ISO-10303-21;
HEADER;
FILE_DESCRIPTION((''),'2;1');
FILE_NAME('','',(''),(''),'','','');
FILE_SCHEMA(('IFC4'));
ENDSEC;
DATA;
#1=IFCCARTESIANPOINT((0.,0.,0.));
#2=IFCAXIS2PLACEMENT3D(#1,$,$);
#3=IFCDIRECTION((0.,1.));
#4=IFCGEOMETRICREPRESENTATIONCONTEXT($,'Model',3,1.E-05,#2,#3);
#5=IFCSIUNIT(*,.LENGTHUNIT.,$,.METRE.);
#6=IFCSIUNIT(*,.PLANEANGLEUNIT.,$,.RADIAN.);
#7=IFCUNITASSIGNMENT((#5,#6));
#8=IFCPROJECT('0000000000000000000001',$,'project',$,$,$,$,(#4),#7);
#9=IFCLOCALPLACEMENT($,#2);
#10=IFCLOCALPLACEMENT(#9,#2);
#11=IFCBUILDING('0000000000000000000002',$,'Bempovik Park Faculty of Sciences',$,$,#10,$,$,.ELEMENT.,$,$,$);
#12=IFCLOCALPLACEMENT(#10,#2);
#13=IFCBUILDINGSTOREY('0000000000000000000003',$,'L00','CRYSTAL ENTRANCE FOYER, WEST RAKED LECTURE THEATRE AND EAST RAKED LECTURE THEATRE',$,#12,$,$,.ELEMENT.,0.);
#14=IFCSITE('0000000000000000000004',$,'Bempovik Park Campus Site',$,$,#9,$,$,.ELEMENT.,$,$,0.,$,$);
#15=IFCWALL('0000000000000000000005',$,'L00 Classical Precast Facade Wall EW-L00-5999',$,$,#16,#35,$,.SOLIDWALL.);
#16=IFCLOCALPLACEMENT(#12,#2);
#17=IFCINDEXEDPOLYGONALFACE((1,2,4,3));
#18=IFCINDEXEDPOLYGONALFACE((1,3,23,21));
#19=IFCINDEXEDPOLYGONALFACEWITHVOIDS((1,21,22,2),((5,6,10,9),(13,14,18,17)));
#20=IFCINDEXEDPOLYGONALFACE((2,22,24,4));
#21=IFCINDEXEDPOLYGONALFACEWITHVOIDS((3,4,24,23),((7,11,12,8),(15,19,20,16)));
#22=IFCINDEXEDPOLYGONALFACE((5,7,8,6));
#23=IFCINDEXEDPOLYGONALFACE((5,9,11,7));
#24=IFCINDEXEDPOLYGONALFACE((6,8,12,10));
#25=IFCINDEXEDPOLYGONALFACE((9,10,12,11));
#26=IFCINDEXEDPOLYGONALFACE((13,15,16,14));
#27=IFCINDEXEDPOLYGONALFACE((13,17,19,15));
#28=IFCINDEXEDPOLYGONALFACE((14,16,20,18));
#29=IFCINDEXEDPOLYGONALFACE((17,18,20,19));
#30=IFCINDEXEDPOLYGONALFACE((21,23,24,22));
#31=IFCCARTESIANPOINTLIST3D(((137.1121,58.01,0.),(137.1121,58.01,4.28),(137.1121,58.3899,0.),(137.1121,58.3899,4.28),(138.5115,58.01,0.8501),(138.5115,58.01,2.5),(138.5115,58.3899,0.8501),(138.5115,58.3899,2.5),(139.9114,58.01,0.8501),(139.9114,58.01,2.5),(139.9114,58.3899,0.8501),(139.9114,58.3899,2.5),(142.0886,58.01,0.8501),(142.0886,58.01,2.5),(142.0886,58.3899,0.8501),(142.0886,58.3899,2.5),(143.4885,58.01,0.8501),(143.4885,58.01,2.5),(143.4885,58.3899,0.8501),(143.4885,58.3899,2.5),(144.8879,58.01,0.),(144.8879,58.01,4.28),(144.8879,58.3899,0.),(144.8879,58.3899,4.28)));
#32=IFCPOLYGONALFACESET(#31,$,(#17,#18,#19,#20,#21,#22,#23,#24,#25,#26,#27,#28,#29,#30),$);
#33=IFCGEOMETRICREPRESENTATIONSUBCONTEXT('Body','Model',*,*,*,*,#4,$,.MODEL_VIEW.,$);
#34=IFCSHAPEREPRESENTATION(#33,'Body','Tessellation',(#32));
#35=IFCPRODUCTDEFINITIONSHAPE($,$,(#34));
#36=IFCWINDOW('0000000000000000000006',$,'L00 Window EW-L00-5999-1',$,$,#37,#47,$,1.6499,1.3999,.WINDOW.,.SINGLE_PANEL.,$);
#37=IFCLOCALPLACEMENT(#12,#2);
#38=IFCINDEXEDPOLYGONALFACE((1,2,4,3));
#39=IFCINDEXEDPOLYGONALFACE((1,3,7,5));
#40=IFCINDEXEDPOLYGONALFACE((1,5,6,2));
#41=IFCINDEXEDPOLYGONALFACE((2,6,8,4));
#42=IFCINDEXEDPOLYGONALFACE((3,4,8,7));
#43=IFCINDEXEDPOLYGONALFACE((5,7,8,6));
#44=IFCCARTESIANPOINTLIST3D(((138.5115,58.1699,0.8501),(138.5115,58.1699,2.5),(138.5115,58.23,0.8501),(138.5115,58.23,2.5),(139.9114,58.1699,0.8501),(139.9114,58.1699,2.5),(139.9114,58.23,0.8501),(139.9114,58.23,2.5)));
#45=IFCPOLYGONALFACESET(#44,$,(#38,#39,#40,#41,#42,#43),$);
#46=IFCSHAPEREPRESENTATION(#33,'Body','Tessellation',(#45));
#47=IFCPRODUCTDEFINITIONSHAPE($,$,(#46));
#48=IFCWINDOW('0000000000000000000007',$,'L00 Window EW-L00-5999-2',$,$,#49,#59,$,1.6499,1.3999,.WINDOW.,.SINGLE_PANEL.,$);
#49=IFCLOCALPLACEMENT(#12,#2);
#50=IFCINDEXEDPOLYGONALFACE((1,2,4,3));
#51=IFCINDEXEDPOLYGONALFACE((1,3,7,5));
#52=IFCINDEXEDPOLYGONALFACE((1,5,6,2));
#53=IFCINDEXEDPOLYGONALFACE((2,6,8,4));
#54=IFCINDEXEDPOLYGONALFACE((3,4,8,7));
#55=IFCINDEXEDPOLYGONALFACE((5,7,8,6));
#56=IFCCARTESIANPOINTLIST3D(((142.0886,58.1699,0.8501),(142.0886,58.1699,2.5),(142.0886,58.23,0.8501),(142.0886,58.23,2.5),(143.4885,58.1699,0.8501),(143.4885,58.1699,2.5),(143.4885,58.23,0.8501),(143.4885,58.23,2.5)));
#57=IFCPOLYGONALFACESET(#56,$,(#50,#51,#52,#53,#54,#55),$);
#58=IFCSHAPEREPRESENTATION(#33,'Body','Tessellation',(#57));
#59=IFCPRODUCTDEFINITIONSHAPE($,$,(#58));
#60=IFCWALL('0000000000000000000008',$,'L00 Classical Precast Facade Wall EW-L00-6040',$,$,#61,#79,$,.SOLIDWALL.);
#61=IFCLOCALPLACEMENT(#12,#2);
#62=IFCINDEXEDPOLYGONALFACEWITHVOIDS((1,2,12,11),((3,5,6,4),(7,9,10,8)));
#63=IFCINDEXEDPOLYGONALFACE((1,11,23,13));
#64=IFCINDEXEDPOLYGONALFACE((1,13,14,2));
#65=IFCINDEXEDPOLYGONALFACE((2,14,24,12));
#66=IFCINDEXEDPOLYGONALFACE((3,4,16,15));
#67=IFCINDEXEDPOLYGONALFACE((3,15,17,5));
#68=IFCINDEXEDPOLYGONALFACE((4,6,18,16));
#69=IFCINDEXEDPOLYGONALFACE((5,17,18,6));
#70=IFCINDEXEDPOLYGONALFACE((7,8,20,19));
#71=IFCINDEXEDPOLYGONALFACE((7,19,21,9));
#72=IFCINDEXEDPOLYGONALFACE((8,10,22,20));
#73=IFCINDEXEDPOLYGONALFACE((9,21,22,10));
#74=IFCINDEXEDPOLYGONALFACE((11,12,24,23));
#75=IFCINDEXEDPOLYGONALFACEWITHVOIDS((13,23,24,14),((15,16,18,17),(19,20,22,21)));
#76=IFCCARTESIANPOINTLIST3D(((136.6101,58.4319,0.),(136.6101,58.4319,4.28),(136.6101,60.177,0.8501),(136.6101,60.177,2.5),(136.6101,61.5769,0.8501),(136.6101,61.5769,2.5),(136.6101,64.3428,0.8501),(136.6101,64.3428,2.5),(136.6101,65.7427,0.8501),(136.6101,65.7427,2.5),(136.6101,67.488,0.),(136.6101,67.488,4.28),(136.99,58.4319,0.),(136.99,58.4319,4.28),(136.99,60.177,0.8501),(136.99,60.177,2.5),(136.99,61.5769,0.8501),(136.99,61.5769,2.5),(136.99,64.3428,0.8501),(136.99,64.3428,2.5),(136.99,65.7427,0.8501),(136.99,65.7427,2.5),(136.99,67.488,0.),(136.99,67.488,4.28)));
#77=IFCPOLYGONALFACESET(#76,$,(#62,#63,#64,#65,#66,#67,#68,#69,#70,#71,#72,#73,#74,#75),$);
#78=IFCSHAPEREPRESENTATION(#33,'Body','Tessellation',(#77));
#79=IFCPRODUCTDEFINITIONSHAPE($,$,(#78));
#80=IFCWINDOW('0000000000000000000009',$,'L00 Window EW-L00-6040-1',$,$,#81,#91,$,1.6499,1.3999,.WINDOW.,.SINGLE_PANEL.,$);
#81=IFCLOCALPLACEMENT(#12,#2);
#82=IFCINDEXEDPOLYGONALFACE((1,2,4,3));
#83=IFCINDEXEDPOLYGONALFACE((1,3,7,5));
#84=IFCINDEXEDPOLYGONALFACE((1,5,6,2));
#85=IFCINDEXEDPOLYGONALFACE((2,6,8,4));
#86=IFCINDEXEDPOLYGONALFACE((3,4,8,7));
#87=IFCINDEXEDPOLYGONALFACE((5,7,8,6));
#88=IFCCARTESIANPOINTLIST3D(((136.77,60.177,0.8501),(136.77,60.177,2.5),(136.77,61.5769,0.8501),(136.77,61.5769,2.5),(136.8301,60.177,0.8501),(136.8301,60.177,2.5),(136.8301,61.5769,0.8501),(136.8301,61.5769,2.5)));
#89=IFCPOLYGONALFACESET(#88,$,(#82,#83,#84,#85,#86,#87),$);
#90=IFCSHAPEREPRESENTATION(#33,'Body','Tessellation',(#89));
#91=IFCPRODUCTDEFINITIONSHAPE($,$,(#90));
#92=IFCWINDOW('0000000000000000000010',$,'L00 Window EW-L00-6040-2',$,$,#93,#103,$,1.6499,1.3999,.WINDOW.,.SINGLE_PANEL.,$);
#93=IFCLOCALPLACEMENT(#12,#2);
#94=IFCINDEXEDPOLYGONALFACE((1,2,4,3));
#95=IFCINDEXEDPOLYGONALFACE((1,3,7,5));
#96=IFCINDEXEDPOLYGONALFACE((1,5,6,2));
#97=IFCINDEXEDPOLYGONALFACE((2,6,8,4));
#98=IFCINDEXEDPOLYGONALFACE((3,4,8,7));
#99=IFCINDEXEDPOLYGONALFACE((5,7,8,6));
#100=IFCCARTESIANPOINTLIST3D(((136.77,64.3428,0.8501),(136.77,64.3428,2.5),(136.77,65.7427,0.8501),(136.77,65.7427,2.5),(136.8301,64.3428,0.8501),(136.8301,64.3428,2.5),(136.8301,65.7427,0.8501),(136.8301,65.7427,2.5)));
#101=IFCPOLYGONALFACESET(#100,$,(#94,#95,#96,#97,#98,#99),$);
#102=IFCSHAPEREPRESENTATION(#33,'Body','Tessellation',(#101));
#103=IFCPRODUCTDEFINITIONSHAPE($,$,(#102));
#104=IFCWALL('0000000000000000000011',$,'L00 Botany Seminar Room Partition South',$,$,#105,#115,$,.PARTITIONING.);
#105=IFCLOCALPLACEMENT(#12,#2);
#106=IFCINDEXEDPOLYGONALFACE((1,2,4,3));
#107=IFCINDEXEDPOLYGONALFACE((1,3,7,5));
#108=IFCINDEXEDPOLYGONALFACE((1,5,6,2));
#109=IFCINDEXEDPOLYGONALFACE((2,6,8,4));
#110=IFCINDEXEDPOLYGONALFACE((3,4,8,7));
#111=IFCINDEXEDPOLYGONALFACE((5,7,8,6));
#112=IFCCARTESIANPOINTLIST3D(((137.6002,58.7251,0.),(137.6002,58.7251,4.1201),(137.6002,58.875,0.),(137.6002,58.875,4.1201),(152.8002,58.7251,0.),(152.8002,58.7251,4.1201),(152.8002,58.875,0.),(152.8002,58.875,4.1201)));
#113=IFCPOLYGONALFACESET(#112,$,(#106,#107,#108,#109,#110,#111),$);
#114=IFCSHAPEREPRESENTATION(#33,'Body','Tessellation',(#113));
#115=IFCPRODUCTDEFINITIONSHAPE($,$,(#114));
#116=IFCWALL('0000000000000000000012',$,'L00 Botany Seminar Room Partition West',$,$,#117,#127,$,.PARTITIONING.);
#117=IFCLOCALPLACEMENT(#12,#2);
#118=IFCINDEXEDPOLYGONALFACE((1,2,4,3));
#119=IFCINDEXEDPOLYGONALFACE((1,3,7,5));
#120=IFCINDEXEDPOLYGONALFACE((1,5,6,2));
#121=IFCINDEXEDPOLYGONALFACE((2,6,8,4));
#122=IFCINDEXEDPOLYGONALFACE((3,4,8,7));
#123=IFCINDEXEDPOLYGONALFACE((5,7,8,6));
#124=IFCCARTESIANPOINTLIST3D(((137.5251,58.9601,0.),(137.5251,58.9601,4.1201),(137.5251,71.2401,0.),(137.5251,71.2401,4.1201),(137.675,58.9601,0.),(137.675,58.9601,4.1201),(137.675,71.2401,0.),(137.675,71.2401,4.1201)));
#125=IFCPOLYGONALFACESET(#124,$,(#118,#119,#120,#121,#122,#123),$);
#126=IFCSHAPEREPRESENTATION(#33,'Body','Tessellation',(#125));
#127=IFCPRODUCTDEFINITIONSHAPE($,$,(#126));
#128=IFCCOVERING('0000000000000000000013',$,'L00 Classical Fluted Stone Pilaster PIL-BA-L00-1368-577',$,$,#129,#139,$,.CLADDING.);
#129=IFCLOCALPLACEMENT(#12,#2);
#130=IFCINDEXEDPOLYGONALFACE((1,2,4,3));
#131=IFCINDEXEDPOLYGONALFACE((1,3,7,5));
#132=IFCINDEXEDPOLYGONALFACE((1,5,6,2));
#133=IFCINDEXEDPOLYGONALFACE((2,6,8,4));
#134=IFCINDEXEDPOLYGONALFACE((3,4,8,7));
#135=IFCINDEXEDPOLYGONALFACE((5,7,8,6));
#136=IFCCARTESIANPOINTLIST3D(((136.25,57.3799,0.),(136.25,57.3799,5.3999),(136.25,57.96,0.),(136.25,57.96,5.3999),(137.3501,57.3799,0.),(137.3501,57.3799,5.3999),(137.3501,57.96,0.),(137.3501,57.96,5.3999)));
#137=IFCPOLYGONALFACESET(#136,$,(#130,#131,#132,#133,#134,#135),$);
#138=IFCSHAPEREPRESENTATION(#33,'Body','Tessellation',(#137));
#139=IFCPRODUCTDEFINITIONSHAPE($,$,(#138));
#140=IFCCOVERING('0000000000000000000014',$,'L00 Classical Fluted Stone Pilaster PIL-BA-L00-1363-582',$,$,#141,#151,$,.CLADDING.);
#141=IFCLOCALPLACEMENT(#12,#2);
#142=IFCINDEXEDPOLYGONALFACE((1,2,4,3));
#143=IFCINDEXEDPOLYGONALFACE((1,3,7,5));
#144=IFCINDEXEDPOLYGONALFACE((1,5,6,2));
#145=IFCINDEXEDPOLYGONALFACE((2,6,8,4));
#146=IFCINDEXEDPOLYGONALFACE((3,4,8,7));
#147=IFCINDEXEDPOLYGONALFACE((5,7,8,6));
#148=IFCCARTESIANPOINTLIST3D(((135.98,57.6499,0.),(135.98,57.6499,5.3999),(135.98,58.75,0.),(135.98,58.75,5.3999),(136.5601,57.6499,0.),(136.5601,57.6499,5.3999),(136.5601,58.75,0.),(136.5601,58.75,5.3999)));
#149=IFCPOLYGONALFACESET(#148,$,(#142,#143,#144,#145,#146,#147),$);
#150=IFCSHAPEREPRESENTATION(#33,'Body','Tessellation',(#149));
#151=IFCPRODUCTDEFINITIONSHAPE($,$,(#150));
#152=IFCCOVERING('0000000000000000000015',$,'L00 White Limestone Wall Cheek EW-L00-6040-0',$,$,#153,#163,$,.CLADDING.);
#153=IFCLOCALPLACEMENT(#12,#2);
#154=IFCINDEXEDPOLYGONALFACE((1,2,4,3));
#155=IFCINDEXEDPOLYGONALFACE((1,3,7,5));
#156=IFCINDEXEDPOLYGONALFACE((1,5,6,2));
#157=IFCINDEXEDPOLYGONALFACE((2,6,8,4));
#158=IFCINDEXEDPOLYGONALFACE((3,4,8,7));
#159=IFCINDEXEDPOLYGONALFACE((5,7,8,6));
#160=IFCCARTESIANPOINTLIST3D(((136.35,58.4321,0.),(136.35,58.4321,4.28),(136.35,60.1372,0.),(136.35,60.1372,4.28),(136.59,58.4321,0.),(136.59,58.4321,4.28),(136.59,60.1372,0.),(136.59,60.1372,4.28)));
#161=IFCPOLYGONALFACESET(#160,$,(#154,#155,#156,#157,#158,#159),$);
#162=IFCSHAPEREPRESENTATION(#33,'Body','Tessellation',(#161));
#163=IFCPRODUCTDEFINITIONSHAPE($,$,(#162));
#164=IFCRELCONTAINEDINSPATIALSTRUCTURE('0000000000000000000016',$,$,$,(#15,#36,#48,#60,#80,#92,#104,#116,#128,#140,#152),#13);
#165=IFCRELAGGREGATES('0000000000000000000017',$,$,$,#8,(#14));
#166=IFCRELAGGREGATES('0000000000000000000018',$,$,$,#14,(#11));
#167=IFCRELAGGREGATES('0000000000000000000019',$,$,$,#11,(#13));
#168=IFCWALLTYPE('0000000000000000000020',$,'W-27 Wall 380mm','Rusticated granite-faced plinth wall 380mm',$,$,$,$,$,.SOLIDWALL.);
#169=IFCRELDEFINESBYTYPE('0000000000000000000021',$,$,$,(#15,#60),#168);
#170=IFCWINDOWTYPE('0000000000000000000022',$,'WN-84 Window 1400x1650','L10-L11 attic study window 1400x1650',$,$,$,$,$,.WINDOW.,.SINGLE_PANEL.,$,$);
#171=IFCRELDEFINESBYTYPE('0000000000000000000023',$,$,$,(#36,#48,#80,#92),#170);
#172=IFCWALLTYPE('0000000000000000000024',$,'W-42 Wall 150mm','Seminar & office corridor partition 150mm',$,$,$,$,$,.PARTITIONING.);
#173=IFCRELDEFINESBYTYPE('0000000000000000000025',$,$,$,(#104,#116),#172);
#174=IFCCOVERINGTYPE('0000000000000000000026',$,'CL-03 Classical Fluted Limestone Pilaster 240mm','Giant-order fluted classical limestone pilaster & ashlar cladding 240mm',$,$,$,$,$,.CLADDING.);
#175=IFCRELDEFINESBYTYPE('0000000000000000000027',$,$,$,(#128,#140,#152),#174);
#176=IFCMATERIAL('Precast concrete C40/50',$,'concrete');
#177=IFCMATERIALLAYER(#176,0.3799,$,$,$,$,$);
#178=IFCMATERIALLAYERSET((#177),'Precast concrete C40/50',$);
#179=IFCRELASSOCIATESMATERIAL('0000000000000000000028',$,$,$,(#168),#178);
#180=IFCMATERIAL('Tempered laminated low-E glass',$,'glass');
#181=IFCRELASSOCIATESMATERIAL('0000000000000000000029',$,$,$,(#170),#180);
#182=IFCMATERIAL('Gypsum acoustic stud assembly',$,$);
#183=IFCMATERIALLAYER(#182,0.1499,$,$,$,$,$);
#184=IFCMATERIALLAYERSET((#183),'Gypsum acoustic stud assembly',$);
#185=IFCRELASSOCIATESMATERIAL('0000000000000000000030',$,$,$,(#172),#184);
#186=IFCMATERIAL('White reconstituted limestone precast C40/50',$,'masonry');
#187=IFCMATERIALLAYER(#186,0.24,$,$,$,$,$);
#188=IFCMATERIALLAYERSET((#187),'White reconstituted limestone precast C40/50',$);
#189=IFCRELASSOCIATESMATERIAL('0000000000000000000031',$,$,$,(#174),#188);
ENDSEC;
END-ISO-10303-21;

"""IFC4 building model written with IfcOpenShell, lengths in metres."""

from ifc_helpers import new_model, si_unit, direction, frame, frame_2d, origin, origin_2d, place, context, subcontext, project, spatial, rectangle, extrude, material, layer, layer_set, type_object, element, fill, save


model = new_model("IFC4")

# Units and contexts
model_context = context("Model", 3, precision=1e-05, world=origin(), true_north=direction((0.0, 1.0)))
body_context = subcontext(model_context, "Body", "Model", "MODEL_VIEW")
ifc_project = project(units=[si_unit("LENGTHUNIT", "METRE"), si_unit("PLANEANGLEUNIT", "RADIAN")], contexts=[model_context])

# Site, building, storey
site_placement = place(None, origin())
site = spatial("IfcSite", under=ifc_project, at=site_placement, Name="Bempovik Park Campus Site", CompositionType="ELEMENT", RefElevation=0.0)
building_placement = place(site_placement, origin())
building = spatial("IfcBuilding", under=site, at=building_placement, Name="Bempovik Park Faculty of Sciences", CompositionType="ELEMENT")
storey_placement = place(building_placement, origin())
storey = spatial("IfcBuildingStorey", under=building, at=storey_placement, Name="L00", Description="CRYSTAL ENTRANCE FOYER, WEST RAKED LECTURE THEATRE AND EAST RAKED LECTURE THEATRE", CompositionType="ELEMENT", Elevation=0.0)

# Walls, openings, windows
ifc_material_1 = material(Name="Precast concrete C40/50", Category="concrete")
ifc_layer_1 = layer(ifc_material_1, 0.3799)
ifc_layer_set_1 = layer_set([ifc_layer_1], Name="Precast concrete C40/50")
wall_type_1 = type_object("IfcWallType", Name="W-27 Wall 380mm", Description="Rusticated granite-faced plinth wall 380mm", PredefinedType="SOLIDWALL", material=ifc_layer_set_1)
wall_1_placement = place(storey_placement, frame((137.1121, 58.2, 0.0), z_axis=(0.0, 0.0, 1.0), x_axis=(1.0, 0.0, 0.0)))
wall_1 = element("IfcWall", 1, at=wall_1_placement, inside=storey, type_object=wall_type_1, Name="L00 Classical Precast Facade Wall EW-L00-5999", PredefinedType="SOLIDWALL", context=body_context, shape_type="SweptSolid", body=[
    extrude(rectangle(XDim=7.7759, YDim=0.3799, at=frame_2d((3.8879, 0.0))), origin(), (0.0, 0.0, 1.0), 4.28),
])
opening_1_placement = place(wall_1_placement, frame((1.3994, 0.0, 0.8501)))
opening_1 = element("IfcOpeningElement", 2, at=opening_1_placement, cuts=wall_1, PredefinedType="OPENING", context=body_context, shape_type="SweptSolid", body=[
    extrude(rectangle(XDim=1.3999, YDim=1.6499, at=frame_2d((0.7, 0.825))), frame((0.0, 0.2, 0.0), z_axis=(0.0, -1.0, 0.0), x_axis=(1.0, 0.0, 0.0)), (0.0, 0.0, 1.0), 0.3999),
])
opening_2_placement = place(wall_1_placement, frame((4.9766, 0.0, 0.8501)))
opening_2 = element("IfcOpeningElement", 3, at=opening_2_placement, cuts=wall_1, PredefinedType="OPENING", context=body_context, shape_type="SweptSolid", body=[
    extrude(rectangle(XDim=1.3999, YDim=1.6499, at=frame_2d((0.7, 0.825))), frame((0.0, 0.2, 0.0), z_axis=(0.0, -1.0, 0.0), x_axis=(1.0, 0.0, 0.0)), (0.0, 0.0, 1.0), 0.3999),
])
ifc_material_2 = material(Name="Tempered laminated low-E glass", Category="glass")
window_type = type_object("IfcWindowType", Name="WN-84 Window 1400x1650", Description="L10-L11 attic study window 1400x1650", PartitioningType="SINGLE_PANEL", PredefinedType="WINDOW", material=ifc_material_2)
window_1_placement = place(opening_1_placement, origin())
window_1 = element("IfcWindow", 4, at=window_1_placement, inside=storey, type_object=window_type, Name="L00 Window EW-L00-5999-1", OverallHeight=1.6499, OverallWidth=1.3999, PartitioningType="SINGLE_PANEL", PredefinedType="WINDOW", context=body_context, shape_type="SweptSolid", body=[
    extrude(rectangle(XDim=1.3999, YDim=1.6499, at=frame_2d((0.7, 0.825))), frame((0.0, 0.03, 0.0), z_axis=(0.0, -1.0, 0.0), x_axis=(1.0, 0.0, 0.0)), (0.0, 0.0, 1.0), 0.0601),
])
fill(opening_1, window_1)
window_2_placement = place(opening_2_placement, origin())
window_2 = element("IfcWindow", 5, at=window_2_placement, inside=storey, type_object=window_type, Name="L00 Window EW-L00-5999-2", OverallHeight=1.6499, OverallWidth=1.3999, PartitioningType="SINGLE_PANEL", PredefinedType="WINDOW", context=body_context, shape_type="SweptSolid", body=[
    extrude(rectangle(XDim=1.3999, YDim=1.6499, at=frame_2d((0.7, 0.825))), frame((0.0, 0.03, 0.0), z_axis=(0.0, -1.0, 0.0), x_axis=(1.0, 0.0, 0.0)), (0.0, 0.0, 1.0), 0.0601),
])
fill(opening_2, window_2)
wall_2_placement = place(storey_placement, frame((136.8, 58.4319, 0.0), z_axis=(0.0, 0.0, 1.0), x_axis=(0.0, 1.0, 0.0)))
wall_2 = element("IfcWall", 6, at=wall_2_placement, inside=storey, type_object=wall_type_1, Name="L00 Classical Precast Facade Wall EW-L00-6040", PredefinedType="SOLIDWALL", context=body_context, shape_type="SweptSolid", body=[
    extrude(rectangle(XDim=9.0562, YDim=0.3799, at=frame_2d((4.5281, 0.0))), origin(), (0.0, 0.0, 1.0), 4.28),
])
opening_3_placement = place(wall_2_placement, frame((1.7451, 0.0, 0.8501)))
opening_3 = element("IfcOpeningElement", 7, at=opening_3_placement, cuts=wall_2, PredefinedType="OPENING", context=body_context, shape_type="SweptSolid", body=[
    extrude(rectangle(XDim=1.3999, YDim=1.6499, at=frame_2d((0.7, 0.825))), frame((0.0, 0.2, 0.0), z_axis=(0.0, -1.0, 0.0), x_axis=(1.0, 0.0, 0.0)), (0.0, 0.0, 1.0), 0.3999),
])
opening_4_placement = place(wall_2_placement, frame((5.9109, 0.0, 0.8501)))
opening_4 = element("IfcOpeningElement", 8, at=opening_4_placement, cuts=wall_2, PredefinedType="OPENING", context=body_context, shape_type="SweptSolid", body=[
    extrude(rectangle(XDim=1.3999, YDim=1.6499, at=frame_2d((0.7, 0.825))), frame((0.0, 0.2, 0.0), z_axis=(0.0, -1.0, 0.0), x_axis=(1.0, 0.0, 0.0)), (0.0, 0.0, 1.0), 0.3999),
])
window_3_placement = place(opening_3_placement, origin())
window_3 = element("IfcWindow", 9, at=window_3_placement, inside=storey, type_object=window_type, Name="L00 Window EW-L00-6040-1", OverallHeight=1.6499, OverallWidth=1.3999, PartitioningType="SINGLE_PANEL", PredefinedType="WINDOW", context=body_context, shape_type="SweptSolid", body=[
    extrude(rectangle(XDim=1.3999, YDim=1.6499, at=frame_2d((0.7, 0.825))), frame((0.0, 0.03, 0.0), z_axis=(0.0, -1.0, 0.0), x_axis=(1.0, 0.0, 0.0)), (0.0, 0.0, 1.0), 0.0601),
])
fill(opening_3, window_3)
window_4_placement = place(opening_4_placement, origin())
window_4 = element("IfcWindow", 10, at=window_4_placement, inside=storey, type_object=window_type, Name="L00 Window EW-L00-6040-2", OverallHeight=1.6499, OverallWidth=1.3999, PartitioningType="SINGLE_PANEL", PredefinedType="WINDOW", context=body_context, shape_type="SweptSolid", body=[
    extrude(rectangle(XDim=1.3999, YDim=1.6499, at=frame_2d((0.7, 0.825))), frame((0.0, 0.03, 0.0), z_axis=(0.0, -1.0, 0.0), x_axis=(1.0, 0.0, 0.0)), (0.0, 0.0, 1.0), 0.0601),
])
fill(opening_4, window_4)

# Walls
ifc_material_3 = material(Name="Gypsum acoustic stud assembly")
ifc_layer_2 = layer(ifc_material_3, 0.1499)
ifc_layer_set_2 = layer_set([ifc_layer_2], Name="Gypsum acoustic stud assembly")
wall_type_2 = type_object("IfcWallType", Name="W-42 Wall 150mm", Description="Seminar & office corridor partition 150mm", PredefinedType="PARTITIONING", material=ifc_layer_set_2)
wall_3_placement = place(storey_placement, frame((137.6001, 58.8, 0.0), z_axis=(0.0, 0.0, 1.0), x_axis=(1.0, 0.0, 0.0)))
element("IfcWall", 11, at=wall_3_placement, inside=storey, type_object=wall_type_2, Name="L00 Botany Seminar Room Partition South", PredefinedType="PARTITIONING", context=body_context, shape_type="SweptSolid", body=[
    extrude(rectangle(XDim=15.2, YDim=0.1499, at=frame_2d((7.6001, 0.0))), origin(), (0.0, 0.0, 1.0), 4.1201),
])
wall_4_placement = place(storey_placement, frame((137.6001, 58.96, 0.0), z_axis=(0.0, 0.0, 1.0), x_axis=(0.0, 1.0, 0.0)))
element("IfcWall", 12, at=wall_4_placement, inside=storey, type_object=wall_type_2, Name="L00 Botany Seminar Room Partition West", PredefinedType="PARTITIONING", context=body_context, shape_type="SweptSolid", body=[
    extrude(rectangle(XDim=12.28, YDim=0.1499, at=frame_2d((6.1401, 0.0))), origin(), (0.0, 0.0, 1.0), 4.1201),
])

# Coverings
ifc_material_4 = material(Name="White reconstituted limestone precast C40/50", Category="masonry")
ifc_layer_3 = layer(ifc_material_4, 0.24)
ifc_layer_set_3 = layer_set([ifc_layer_3], Name="White reconstituted limestone precast C40/50")
covering_type = type_object("IfcCoveringType", Name="CL-03 Classical Fluted Limestone Pilaster 240mm", Description="Giant-order fluted classical limestone pilaster & ashlar cladding 240mm", PredefinedType="CLADDING", material=ifc_layer_set_3)
covering_1_placement = place(storey_placement, frame((136.8, 57.6699, 0.0), z_axis=(0.0, 0.0, 1.0), x_axis=(1.0, 0.0, 0.0)))
element("IfcCovering", 13, at=covering_1_placement, inside=storey, type_object=covering_type, Name="L00 Classical Fluted Stone Pilaster PIL-BA-L00-1368-577", PredefinedType="CLADDING", context=body_context, shape_type="SweptSolid", body=[
    extrude(rectangle(XDim=1.1001, YDim=0.5801, at=origin_2d()), origin(), (0.0, 0.0, 1.0), 5.3999),
])
covering_2_placement = place(storey_placement, frame((136.27, 58.2, 0.0), z_axis=(0.0, 0.0, 1.0), x_axis=(1.0, 0.0, 0.0)))
element("IfcCovering", 14, at=covering_2_placement, inside=storey, type_object=covering_type, Name="L00 Classical Fluted Stone Pilaster PIL-BA-L00-1363-582", PredefinedType="CLADDING", context=body_context, shape_type="SweptSolid", body=[
    extrude(rectangle(XDim=0.5801, YDim=1.1001, at=origin_2d()), origin(), (0.0, 0.0, 1.0), 5.3999),
])
covering_3_placement = place(storey_placement, frame((136.47, 59.2847, 0.0), z_axis=(0.0, 0.0, 1.0), x_axis=(1.0, 0.0, 0.0)))
element("IfcCovering", 15, at=covering_3_placement, inside=storey, type_object=covering_type, Name="L00 White Limestone Wall Cheek EW-L00-6040-0", PredefinedType="CLADDING", context=body_context, shape_type="SweptSolid", body=[
    extrude(rectangle(XDim=0.24, YDim=1.7051, at=origin_2d()), origin(), (0.0, 0.0, 1.0), 4.28),
])

save(model, "model.ifc")
